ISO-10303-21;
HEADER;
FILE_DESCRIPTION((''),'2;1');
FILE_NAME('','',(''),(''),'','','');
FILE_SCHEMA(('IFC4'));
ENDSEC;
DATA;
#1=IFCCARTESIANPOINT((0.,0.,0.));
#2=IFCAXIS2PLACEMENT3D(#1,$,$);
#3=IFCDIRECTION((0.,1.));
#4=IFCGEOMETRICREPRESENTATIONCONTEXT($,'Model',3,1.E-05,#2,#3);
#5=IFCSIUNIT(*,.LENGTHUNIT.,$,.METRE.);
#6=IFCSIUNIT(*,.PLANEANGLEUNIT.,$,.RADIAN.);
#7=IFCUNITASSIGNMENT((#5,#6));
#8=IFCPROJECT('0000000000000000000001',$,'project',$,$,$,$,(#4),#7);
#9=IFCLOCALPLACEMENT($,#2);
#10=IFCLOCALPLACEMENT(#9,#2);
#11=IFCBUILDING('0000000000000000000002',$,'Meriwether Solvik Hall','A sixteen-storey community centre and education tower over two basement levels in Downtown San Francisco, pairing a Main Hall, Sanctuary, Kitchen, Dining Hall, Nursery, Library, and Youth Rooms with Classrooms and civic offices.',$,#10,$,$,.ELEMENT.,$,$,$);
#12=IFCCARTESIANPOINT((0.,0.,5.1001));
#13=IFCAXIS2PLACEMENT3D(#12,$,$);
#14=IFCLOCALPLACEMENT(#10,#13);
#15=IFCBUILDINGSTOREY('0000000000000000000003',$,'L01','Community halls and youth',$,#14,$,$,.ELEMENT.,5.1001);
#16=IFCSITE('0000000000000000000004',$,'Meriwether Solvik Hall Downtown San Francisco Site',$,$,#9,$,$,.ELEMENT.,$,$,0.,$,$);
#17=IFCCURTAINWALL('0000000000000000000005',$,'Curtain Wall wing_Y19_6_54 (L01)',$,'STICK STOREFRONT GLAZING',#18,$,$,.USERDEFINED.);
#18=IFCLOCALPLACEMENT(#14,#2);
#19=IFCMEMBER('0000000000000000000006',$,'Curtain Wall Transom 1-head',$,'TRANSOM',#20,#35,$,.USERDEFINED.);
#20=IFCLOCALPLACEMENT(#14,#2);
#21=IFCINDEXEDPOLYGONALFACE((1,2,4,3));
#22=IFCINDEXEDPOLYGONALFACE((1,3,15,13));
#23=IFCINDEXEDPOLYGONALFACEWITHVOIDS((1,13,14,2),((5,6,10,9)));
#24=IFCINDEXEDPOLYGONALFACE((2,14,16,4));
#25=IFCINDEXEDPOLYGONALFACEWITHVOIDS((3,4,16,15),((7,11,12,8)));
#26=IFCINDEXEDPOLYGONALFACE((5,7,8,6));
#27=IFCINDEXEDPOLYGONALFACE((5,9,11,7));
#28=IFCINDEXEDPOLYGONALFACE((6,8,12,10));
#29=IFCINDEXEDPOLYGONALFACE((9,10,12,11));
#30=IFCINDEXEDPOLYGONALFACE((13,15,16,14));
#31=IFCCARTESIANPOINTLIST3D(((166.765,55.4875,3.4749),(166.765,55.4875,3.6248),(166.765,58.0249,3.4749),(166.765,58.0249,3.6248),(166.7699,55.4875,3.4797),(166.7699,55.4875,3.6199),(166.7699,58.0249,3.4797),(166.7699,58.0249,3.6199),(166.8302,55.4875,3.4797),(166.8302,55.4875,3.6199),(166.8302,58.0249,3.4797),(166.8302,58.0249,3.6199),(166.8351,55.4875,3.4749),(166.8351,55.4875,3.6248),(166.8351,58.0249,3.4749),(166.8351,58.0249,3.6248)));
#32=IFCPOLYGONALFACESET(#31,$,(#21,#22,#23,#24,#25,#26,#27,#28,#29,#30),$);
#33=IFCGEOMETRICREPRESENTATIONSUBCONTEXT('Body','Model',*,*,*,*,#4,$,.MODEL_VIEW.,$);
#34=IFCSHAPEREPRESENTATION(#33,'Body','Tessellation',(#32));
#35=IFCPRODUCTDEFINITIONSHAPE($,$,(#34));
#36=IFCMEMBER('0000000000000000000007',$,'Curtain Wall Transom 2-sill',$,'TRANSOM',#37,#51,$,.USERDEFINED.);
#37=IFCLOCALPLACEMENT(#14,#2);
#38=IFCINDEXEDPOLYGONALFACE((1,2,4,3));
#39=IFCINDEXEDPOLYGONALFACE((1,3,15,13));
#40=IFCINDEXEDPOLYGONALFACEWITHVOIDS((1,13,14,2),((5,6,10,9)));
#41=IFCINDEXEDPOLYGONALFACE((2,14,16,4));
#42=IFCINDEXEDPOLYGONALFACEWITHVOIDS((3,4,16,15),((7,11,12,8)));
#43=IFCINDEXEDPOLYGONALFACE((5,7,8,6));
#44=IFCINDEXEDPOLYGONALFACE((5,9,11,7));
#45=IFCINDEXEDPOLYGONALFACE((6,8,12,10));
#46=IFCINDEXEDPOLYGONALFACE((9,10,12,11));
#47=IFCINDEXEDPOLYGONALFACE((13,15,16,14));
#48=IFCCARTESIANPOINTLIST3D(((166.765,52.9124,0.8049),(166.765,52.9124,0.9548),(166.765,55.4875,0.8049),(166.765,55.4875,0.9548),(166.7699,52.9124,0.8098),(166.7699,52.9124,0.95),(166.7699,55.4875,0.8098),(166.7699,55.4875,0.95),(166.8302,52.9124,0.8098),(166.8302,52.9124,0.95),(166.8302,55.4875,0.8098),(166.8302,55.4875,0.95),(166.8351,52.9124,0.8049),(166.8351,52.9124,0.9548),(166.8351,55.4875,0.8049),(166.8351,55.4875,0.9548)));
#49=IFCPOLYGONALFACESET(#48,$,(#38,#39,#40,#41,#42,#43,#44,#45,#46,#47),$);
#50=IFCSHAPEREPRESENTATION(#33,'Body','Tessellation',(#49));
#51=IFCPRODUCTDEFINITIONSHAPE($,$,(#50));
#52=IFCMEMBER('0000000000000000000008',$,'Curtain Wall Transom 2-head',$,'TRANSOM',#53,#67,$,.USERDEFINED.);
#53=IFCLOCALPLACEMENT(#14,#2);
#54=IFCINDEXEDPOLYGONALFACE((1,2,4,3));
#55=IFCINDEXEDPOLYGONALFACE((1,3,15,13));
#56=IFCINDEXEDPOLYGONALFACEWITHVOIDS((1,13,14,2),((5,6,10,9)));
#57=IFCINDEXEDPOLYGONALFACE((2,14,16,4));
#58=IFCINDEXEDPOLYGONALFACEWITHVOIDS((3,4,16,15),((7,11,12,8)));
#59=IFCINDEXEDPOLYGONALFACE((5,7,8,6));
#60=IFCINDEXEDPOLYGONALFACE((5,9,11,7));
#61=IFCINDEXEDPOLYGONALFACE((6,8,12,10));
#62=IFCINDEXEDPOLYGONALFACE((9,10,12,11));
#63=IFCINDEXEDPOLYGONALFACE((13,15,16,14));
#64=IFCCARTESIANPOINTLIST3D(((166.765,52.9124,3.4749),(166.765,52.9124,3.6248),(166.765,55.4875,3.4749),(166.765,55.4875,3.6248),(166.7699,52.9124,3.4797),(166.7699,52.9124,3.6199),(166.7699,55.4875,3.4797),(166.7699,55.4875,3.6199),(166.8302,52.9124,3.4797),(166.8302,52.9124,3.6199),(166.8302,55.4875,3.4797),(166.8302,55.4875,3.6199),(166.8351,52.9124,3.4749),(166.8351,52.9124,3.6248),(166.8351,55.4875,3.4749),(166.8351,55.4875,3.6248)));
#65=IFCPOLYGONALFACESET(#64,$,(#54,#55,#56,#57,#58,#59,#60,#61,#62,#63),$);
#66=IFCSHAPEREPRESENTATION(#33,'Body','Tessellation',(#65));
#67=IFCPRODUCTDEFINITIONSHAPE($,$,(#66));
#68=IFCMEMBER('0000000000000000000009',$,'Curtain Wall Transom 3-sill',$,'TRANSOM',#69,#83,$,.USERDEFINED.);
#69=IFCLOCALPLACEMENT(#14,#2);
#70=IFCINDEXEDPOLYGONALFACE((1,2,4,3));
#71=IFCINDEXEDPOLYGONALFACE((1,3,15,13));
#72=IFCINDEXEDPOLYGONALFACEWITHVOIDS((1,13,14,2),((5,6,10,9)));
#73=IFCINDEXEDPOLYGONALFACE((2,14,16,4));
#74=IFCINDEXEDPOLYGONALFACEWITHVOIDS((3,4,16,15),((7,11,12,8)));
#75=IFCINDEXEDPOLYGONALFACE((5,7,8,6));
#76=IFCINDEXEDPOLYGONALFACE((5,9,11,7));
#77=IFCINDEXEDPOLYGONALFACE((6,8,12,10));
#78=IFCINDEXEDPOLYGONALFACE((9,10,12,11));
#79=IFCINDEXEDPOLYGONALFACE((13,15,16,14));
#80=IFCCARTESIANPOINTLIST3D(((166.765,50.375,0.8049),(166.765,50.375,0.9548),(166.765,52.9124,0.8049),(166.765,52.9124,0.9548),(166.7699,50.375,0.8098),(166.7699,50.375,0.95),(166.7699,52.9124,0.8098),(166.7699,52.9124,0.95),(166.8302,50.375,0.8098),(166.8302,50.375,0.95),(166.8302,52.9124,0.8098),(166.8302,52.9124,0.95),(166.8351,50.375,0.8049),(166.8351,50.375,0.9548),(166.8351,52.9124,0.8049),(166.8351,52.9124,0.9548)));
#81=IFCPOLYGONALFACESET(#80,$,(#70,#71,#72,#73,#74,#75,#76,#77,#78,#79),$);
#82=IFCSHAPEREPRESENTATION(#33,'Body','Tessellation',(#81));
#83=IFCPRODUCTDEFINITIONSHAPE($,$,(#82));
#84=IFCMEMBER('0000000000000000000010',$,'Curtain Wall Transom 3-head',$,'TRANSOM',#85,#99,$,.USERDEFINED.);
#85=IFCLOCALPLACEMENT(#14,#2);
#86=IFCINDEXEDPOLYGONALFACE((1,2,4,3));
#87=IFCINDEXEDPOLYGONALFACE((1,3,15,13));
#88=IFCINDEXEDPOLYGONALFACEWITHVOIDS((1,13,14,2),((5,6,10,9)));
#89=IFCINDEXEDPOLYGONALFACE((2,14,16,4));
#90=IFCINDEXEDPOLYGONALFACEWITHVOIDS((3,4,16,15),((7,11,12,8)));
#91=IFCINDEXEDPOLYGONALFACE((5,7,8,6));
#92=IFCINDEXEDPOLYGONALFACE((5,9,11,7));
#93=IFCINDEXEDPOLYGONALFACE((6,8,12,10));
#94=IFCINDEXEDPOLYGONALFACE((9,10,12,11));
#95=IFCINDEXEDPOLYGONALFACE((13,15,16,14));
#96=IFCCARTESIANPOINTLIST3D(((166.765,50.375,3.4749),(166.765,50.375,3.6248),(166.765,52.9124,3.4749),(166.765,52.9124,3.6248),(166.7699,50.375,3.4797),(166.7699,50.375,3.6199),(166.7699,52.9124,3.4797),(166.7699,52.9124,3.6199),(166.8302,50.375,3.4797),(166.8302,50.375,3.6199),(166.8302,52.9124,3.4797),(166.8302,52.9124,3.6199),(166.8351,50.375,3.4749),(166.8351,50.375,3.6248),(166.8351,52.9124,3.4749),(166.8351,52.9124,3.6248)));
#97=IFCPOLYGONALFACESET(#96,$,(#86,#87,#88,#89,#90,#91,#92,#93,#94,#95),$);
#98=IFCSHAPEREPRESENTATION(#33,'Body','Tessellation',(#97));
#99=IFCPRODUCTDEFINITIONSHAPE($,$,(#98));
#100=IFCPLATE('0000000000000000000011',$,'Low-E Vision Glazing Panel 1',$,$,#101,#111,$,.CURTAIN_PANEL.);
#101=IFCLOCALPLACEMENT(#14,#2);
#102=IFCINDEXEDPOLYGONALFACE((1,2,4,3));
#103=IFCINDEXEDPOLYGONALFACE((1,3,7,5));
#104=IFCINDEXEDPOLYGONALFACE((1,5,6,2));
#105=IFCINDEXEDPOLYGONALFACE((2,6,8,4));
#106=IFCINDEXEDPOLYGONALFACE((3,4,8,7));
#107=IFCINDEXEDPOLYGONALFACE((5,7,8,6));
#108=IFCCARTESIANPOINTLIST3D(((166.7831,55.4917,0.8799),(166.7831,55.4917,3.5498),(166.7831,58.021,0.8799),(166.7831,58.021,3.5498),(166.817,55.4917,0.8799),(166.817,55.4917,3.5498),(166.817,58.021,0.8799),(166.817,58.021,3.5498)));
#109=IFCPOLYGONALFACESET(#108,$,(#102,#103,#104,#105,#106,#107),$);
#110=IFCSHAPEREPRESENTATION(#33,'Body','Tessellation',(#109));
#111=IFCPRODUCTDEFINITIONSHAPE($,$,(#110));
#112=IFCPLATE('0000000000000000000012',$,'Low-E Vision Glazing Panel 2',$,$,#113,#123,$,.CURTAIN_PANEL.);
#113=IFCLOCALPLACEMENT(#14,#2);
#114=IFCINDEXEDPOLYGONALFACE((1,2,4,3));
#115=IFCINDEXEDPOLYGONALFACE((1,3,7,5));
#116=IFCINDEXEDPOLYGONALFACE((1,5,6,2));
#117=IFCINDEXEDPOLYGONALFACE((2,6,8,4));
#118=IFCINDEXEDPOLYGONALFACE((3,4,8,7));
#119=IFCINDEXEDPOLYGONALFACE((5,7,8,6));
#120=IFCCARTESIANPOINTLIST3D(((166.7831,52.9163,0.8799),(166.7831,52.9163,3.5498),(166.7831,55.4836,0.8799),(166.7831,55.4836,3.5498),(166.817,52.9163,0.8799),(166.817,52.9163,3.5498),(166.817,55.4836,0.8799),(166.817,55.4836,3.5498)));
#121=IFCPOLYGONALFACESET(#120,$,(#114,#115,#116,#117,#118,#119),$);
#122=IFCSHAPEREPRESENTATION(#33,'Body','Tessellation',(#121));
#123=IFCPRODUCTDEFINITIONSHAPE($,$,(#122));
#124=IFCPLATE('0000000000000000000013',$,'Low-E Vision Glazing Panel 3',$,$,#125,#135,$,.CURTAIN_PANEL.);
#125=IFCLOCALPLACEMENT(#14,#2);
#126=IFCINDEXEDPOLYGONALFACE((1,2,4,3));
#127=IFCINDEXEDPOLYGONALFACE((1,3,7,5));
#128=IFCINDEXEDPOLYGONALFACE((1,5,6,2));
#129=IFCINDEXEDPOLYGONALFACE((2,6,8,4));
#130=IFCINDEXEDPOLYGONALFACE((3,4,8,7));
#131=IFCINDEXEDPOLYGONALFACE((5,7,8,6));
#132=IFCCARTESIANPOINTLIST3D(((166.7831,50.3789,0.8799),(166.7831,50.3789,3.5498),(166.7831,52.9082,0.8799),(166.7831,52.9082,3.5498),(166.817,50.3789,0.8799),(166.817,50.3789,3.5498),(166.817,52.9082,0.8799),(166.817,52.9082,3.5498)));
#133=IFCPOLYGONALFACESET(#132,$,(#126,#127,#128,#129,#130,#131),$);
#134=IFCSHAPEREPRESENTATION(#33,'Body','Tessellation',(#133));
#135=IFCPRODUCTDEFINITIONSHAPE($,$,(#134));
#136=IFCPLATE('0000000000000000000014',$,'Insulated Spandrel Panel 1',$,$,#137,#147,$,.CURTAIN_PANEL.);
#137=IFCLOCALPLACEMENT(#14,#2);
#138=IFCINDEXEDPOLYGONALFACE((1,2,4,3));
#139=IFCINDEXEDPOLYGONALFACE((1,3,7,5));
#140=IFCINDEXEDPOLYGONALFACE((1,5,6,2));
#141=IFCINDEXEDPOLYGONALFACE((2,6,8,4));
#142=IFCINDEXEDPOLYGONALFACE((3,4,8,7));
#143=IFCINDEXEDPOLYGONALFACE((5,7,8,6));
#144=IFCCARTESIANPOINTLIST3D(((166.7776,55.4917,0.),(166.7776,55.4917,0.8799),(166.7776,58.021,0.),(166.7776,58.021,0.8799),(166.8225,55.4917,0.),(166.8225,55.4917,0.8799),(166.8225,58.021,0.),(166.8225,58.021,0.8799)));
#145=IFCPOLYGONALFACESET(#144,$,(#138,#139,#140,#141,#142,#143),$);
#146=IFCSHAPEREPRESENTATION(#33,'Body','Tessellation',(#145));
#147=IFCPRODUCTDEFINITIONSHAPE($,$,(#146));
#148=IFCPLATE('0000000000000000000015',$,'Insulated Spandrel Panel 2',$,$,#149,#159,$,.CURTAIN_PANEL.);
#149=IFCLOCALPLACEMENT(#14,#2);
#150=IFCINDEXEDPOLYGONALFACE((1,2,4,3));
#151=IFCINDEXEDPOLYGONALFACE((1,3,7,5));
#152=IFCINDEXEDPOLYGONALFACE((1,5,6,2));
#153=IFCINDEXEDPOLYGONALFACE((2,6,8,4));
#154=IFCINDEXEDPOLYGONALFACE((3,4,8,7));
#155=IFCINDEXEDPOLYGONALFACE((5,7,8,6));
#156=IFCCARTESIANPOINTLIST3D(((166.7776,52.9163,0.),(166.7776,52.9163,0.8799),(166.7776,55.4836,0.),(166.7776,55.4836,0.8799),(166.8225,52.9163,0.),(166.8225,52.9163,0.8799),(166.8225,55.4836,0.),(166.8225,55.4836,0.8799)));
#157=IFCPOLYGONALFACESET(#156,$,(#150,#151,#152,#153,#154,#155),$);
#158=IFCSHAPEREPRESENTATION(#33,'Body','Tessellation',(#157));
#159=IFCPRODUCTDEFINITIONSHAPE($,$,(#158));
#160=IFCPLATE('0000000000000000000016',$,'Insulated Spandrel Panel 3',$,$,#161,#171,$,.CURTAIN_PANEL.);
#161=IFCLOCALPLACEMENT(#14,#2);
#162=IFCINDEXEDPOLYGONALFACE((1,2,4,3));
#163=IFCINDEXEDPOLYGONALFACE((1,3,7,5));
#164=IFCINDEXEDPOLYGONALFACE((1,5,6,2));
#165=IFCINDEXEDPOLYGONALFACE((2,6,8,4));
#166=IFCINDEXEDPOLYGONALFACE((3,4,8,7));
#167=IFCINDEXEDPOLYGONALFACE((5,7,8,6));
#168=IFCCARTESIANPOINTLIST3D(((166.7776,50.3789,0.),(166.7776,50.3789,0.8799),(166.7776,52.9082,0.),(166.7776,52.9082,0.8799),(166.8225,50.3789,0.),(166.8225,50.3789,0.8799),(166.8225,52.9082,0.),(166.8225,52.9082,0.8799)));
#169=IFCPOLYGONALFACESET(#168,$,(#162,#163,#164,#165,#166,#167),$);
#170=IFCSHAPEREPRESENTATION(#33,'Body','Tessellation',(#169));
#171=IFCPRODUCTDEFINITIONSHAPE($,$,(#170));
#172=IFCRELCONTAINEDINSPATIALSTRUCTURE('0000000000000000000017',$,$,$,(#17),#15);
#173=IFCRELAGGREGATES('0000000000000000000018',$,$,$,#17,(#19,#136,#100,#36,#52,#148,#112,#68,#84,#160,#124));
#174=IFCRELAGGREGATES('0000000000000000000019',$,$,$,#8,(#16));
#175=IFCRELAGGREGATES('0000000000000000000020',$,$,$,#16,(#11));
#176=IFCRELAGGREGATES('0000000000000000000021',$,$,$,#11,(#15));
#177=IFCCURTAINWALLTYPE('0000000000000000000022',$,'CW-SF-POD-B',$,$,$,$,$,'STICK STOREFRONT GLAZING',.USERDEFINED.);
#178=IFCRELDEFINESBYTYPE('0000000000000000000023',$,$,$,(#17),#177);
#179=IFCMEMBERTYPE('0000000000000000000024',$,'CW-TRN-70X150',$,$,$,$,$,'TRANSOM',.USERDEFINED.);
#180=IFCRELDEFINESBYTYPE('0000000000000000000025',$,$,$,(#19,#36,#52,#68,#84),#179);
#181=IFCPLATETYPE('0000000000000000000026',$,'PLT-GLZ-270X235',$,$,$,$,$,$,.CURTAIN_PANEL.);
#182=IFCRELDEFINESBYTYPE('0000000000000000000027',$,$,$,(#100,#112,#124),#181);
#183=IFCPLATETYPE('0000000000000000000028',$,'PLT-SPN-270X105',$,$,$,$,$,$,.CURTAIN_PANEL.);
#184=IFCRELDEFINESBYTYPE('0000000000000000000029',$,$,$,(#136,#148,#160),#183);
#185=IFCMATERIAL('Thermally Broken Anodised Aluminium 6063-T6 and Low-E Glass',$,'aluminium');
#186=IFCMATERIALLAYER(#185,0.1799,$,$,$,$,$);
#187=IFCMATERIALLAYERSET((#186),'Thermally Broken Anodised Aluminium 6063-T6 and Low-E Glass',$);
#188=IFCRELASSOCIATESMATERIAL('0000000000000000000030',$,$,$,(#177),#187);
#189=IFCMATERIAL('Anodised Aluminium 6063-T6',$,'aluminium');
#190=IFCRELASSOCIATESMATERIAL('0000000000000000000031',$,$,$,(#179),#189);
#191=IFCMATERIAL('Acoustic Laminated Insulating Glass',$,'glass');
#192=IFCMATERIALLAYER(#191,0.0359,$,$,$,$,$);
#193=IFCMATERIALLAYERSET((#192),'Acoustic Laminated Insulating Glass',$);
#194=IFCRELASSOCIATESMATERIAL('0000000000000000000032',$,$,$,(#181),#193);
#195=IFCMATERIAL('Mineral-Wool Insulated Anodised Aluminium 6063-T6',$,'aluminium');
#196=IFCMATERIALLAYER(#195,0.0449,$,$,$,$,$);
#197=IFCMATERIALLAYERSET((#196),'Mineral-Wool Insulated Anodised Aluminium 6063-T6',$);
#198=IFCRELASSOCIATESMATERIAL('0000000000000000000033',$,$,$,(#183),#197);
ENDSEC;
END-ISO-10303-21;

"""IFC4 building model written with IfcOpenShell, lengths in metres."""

from ifc_helpers import new_model, si_unit, direction, frame, origin, origin_2d, place, context, subcontext, project, spatial, rectangle, hollow_rectangle, extrude, material, layer, layer_set, material_profile, profile_set, type_object, element, aggregate, save


model = new_model("IFC4")

# Units and contexts
model_context = context("Model", 3, precision=1e-05, world=origin(), true_north=direction((0.0, 1.0)))
body_context = subcontext(model_context, "Body", "Model", "MODEL_VIEW")
ifc_project = project(units=[si_unit("LENGTHUNIT", "METRE"), si_unit("PLANEANGLEUNIT", "RADIAN")], contexts=[model_context])

# Site, building, storey
site_placement = place(None, origin())
site = spatial("IfcSite", under=ifc_project, at=site_placement, Name="Meriwether Solvik Hall Downtown San Francisco Site", CompositionType="ELEMENT", RefElevation=0.0)
building_placement = place(site_placement, origin())
building = spatial("IfcBuilding", under=site, at=building_placement, Name="Meriwether Solvik Hall", Description="A sixteen-storey community centre and education tower over two basement levels in Downtown San Francisco, pairing a Main Hall, Sanctuary, Kitchen, Dining Hall, Nursery, Library, and Youth Rooms with Classrooms and civic offices.", CompositionType="ELEMENT")
storey_placement = place(building_placement, frame((0.0, 0.0, 5.1001)))
storey = spatial("IfcBuildingStorey", under=building, at=storey_placement, Name="L01", Description="Community halls and youth", CompositionType="ELEMENT", Elevation=5.1001)

# Curtain wall, members, plates
ifc_material_1 = material(Name="Thermally Broken Anodised Aluminium 6063-T6 and Low-E Glass", Category="aluminium")
ifc_layer_1 = layer(ifc_material_1, 0.1799)
ifc_layer_set_1 = layer_set([ifc_layer_1], Name="Thermally Broken Anodised Aluminium 6063-T6 and Low-E Glass")
curtain_wall_type = type_object("IfcCurtainWallType", Name="CW-SF-POD-B", ElementType="STICK STOREFRONT GLAZING", PredefinedType="USERDEFINED", material=ifc_layer_set_1)
curtain_wall_placement = place(storey_placement, origin())
curtain_wall = element("IfcCurtainWall", 1, at=curtain_wall_placement, inside=storey, type_object=curtain_wall_type, Name="Curtain Wall wing_Y19_6_54 (L01)", ObjectType="STICK STOREFRONT GLAZING", PredefinedType="USERDEFINED")
ifc_material_2 = material(Name="Anodised Aluminium 6063-T6", Category="aluminium")
ifc_material_profile_1 = material_profile(ifc_material_2, hollow_rectangle(XDim=0.0701, YDim=0.1499, WallThickness=0.0049, at=origin_2d()), Name="CWT-70X150")
ifc_profile_set_1 = profile_set([ifc_material_profile_1], Name="Anodised Aluminium 6063-T6")
member_type_1 = type_object("IfcMemberType", Name="CW-TRN-70X150", ElementType="TRANSOM", PredefinedType="USERDEFINED", material=ifc_profile_set_1)
member_1_placement = place(storey_placement, frame((166.8, 58.0249, 3.5498), z_axis=(0.0, -1.0, 0.0), x_axis=(1.0, 0.0, 0.0)))
member_1 = element("IfcMember", 2, at=member_1_placement, type_object=member_type_1, Name="Curtain Wall Transom 1-head", ObjectType="TRANSOM", PredefinedType="USERDEFINED", context=body_context, shape_type="SweptSolid", body=[
    extrude(hollow_rectangle(XDim=0.0701, YDim=0.1499, WallThickness=0.0049, at=origin_2d()), origin(), (0.0, 0.0, 1.0), 2.5374),
])
member_2_placement = place(storey_placement, frame((166.8, 55.4875, 0.8799), z_axis=(0.0, -1.0, 0.0), x_axis=(1.0, 0.0, 0.0)))
member_2 = element("IfcMember", 3, at=member_2_placement, type_object=member_type_1, Name="Curtain Wall Transom 2-sill", ObjectType="TRANSOM", PredefinedType="USERDEFINED", context=body_context, shape_type="SweptSolid", body=[
    extrude(hollow_rectangle(XDim=0.0701, YDim=0.1499, WallThickness=0.0049, at=origin_2d()), origin(), (0.0, 0.0, 1.0), 2.5752),
])
member_3_placement = place(storey_placement, frame((166.8, 55.4875, 3.5498), z_axis=(0.0, -1.0, 0.0), x_axis=(1.0, 0.0, 0.0)))
member_3 = element("IfcMember", 4, at=member_3_placement, type_object=member_type_1, Name="Curtain Wall Transom 2-head", ObjectType="TRANSOM", PredefinedType="USERDEFINED", context=body_context, shape_type="SweptSolid", body=[
    extrude(hollow_rectangle(XDim=0.0701, YDim=0.1499, WallThickness=0.0049, at=origin_2d()), origin(), (0.0, 0.0, 1.0), 2.5752),
])
member_4_placement = place(storey_placement, frame((166.8, 52.9124, 0.8799), z_axis=(0.0, -1.0, 0.0), x_axis=(1.0, 0.0, 0.0)))
member_4 = element("IfcMember", 5, at=member_4_placement, type_object=member_type_1, Name="Curtain Wall Transom 3-sill", ObjectType="TRANSOM", PredefinedType="USERDEFINED", context=body_context, shape_type="SweptSolid", body=[
    extrude(hollow_rectangle(XDim=0.0701, YDim=0.1499, WallThickness=0.0049, at=origin_2d()), origin(), (0.0, 0.0, 1.0), 2.5374),
])
member_5_placement = place(storey_placement, frame((166.8, 52.9124, 3.5498), z_axis=(0.0, -1.0, 0.0), x_axis=(1.0, 0.0, 0.0)))
member_5 = element("IfcMember", 6, at=member_5_placement, type_object=member_type_1, Name="Curtain Wall Transom 3-head", ObjectType="TRANSOM", PredefinedType="USERDEFINED", context=body_context, shape_type="SweptSolid", body=[
    extrude(hollow_rectangle(XDim=0.0701, YDim=0.1499, WallThickness=0.0049, at=origin_2d()), origin(), (0.0, 0.0, 1.0), 2.5374),
])
ifc_material_3 = material(Name="Acoustic Laminated Insulating Glass", Category="glass")
ifc_layer_2 = layer(ifc_material_3, 0.0359)
ifc_layer_set_2 = layer_set([ifc_layer_2], Name="Acoustic Laminated Insulating Glass")
plate_type_1 = type_object("IfcPlateType", Name="PLT-GLZ-270X235", PredefinedType="CURTAIN_PANEL", material=ifc_layer_set_2)
plate_1_placement = place(storey_placement, frame((166.8, 56.7563, 0.8799), z_axis=(0.0, 0.0, 1.0), x_axis=(0.0, -1.0, 0.0)))
plate_1 = element("IfcPlate", 7, at=plate_1_placement, type_object=plate_type_1, Name="Low-E Vision Glazing Panel 1", PredefinedType="CURTAIN_PANEL", context=body_context, shape_type="SweptSolid", body=[
    extrude(rectangle(XDim=2.5293, YDim=0.0339, at=origin_2d()), origin(), (0.0, 0.0, 1.0), 2.6699),
])
plate_2_placement = place(storey_placement, frame((166.8, 54.2, 0.8799), z_axis=(0.0, 0.0, 1.0), x_axis=(0.0, -1.0, 0.0)))
plate_2 = element("IfcPlate", 8, at=plate_2_placement, type_object=plate_type_1, Name="Low-E Vision Glazing Panel 2", PredefinedType="CURTAIN_PANEL", context=body_context, shape_type="SweptSolid", body=[
    extrude(rectangle(XDim=2.5674, YDim=0.0339, at=origin_2d()), origin(), (0.0, 0.0, 1.0), 2.6699),
])
plate_3_placement = place(storey_placement, frame((166.8, 51.6436, 0.8799), z_axis=(0.0, 0.0, 1.0), x_axis=(0.0, -1.0, 0.0)))
plate_3 = element("IfcPlate", 9, at=plate_3_placement, type_object=plate_type_1, Name="Low-E Vision Glazing Panel 3", PredefinedType="CURTAIN_PANEL", context=body_context, shape_type="SweptSolid", body=[
    extrude(rectangle(XDim=2.5293, YDim=0.0339, at=origin_2d()), origin(), (0.0, 0.0, 1.0), 2.6699),
])
ifc_material_4 = material(Name="Mineral-Wool Insulated Anodised Aluminium 6063-T6", Category="aluminium")
ifc_layer_3 = layer(ifc_material_4, 0.0449)
ifc_layer_set_3 = layer_set([ifc_layer_3], Name="Mineral-Wool Insulated Anodised Aluminium 6063-T6")
plate_type_2 = type_object("IfcPlateType", Name="PLT-SPN-270X105", PredefinedType="CURTAIN_PANEL", material=ifc_layer_set_3)
plate_4_placement = place(storey_placement, frame((166.8, 56.7563, 0.0), z_axis=(0.0, 0.0, 1.0), x_axis=(0.0, -1.0, 0.0)))
plate_4 = element("IfcPlate", 10, at=plate_4_placement, type_object=plate_type_2, Name="Insulated Spandrel Panel 1", PredefinedType="CURTAIN_PANEL", context=body_context, shape_type="SweptSolid", body=[
    extrude(rectangle(XDim=2.5293, YDim=0.0449, at=origin_2d()), origin(), (0.0, 0.0, 1.0), 0.8799),
])
plate_5_placement = place(storey_placement, frame((166.8, 54.2, 0.0), z_axis=(0.0, 0.0, 1.0), x_axis=(0.0, -1.0, 0.0)))
plate_5 = element("IfcPlate", 11, at=plate_5_placement, type_object=plate_type_2, Name="Insulated Spandrel Panel 2", PredefinedType="CURTAIN_PANEL", context=body_context, shape_type="SweptSolid", body=[
    extrude(rectangle(XDim=2.5674, YDim=0.0449, at=origin_2d()), origin(), (0.0, 0.0, 1.0), 0.8799),
])
plate_6_placement = place(storey_placement, frame((166.8, 51.6436, 0.0), z_axis=(0.0, 0.0, 1.0), x_axis=(0.0, -1.0, 0.0)))
plate_6 = element("IfcPlate", 12, at=plate_6_placement, type_object=plate_type_2, Name="Insulated Spandrel Panel 3", PredefinedType="CURTAIN_PANEL", context=body_context, shape_type="SweptSolid", body=[
    extrude(rectangle(XDim=2.5293, YDim=0.0449, at=origin_2d()), origin(), (0.0, 0.0, 1.0), 0.8799),
])
aggregate(curtain_wall, [member_1, plate_4, plate_1, member_2, member_3, plate_5, plate_2, member_4, member_5, plate_6, plate_3])

save(model, "model.ifc")
